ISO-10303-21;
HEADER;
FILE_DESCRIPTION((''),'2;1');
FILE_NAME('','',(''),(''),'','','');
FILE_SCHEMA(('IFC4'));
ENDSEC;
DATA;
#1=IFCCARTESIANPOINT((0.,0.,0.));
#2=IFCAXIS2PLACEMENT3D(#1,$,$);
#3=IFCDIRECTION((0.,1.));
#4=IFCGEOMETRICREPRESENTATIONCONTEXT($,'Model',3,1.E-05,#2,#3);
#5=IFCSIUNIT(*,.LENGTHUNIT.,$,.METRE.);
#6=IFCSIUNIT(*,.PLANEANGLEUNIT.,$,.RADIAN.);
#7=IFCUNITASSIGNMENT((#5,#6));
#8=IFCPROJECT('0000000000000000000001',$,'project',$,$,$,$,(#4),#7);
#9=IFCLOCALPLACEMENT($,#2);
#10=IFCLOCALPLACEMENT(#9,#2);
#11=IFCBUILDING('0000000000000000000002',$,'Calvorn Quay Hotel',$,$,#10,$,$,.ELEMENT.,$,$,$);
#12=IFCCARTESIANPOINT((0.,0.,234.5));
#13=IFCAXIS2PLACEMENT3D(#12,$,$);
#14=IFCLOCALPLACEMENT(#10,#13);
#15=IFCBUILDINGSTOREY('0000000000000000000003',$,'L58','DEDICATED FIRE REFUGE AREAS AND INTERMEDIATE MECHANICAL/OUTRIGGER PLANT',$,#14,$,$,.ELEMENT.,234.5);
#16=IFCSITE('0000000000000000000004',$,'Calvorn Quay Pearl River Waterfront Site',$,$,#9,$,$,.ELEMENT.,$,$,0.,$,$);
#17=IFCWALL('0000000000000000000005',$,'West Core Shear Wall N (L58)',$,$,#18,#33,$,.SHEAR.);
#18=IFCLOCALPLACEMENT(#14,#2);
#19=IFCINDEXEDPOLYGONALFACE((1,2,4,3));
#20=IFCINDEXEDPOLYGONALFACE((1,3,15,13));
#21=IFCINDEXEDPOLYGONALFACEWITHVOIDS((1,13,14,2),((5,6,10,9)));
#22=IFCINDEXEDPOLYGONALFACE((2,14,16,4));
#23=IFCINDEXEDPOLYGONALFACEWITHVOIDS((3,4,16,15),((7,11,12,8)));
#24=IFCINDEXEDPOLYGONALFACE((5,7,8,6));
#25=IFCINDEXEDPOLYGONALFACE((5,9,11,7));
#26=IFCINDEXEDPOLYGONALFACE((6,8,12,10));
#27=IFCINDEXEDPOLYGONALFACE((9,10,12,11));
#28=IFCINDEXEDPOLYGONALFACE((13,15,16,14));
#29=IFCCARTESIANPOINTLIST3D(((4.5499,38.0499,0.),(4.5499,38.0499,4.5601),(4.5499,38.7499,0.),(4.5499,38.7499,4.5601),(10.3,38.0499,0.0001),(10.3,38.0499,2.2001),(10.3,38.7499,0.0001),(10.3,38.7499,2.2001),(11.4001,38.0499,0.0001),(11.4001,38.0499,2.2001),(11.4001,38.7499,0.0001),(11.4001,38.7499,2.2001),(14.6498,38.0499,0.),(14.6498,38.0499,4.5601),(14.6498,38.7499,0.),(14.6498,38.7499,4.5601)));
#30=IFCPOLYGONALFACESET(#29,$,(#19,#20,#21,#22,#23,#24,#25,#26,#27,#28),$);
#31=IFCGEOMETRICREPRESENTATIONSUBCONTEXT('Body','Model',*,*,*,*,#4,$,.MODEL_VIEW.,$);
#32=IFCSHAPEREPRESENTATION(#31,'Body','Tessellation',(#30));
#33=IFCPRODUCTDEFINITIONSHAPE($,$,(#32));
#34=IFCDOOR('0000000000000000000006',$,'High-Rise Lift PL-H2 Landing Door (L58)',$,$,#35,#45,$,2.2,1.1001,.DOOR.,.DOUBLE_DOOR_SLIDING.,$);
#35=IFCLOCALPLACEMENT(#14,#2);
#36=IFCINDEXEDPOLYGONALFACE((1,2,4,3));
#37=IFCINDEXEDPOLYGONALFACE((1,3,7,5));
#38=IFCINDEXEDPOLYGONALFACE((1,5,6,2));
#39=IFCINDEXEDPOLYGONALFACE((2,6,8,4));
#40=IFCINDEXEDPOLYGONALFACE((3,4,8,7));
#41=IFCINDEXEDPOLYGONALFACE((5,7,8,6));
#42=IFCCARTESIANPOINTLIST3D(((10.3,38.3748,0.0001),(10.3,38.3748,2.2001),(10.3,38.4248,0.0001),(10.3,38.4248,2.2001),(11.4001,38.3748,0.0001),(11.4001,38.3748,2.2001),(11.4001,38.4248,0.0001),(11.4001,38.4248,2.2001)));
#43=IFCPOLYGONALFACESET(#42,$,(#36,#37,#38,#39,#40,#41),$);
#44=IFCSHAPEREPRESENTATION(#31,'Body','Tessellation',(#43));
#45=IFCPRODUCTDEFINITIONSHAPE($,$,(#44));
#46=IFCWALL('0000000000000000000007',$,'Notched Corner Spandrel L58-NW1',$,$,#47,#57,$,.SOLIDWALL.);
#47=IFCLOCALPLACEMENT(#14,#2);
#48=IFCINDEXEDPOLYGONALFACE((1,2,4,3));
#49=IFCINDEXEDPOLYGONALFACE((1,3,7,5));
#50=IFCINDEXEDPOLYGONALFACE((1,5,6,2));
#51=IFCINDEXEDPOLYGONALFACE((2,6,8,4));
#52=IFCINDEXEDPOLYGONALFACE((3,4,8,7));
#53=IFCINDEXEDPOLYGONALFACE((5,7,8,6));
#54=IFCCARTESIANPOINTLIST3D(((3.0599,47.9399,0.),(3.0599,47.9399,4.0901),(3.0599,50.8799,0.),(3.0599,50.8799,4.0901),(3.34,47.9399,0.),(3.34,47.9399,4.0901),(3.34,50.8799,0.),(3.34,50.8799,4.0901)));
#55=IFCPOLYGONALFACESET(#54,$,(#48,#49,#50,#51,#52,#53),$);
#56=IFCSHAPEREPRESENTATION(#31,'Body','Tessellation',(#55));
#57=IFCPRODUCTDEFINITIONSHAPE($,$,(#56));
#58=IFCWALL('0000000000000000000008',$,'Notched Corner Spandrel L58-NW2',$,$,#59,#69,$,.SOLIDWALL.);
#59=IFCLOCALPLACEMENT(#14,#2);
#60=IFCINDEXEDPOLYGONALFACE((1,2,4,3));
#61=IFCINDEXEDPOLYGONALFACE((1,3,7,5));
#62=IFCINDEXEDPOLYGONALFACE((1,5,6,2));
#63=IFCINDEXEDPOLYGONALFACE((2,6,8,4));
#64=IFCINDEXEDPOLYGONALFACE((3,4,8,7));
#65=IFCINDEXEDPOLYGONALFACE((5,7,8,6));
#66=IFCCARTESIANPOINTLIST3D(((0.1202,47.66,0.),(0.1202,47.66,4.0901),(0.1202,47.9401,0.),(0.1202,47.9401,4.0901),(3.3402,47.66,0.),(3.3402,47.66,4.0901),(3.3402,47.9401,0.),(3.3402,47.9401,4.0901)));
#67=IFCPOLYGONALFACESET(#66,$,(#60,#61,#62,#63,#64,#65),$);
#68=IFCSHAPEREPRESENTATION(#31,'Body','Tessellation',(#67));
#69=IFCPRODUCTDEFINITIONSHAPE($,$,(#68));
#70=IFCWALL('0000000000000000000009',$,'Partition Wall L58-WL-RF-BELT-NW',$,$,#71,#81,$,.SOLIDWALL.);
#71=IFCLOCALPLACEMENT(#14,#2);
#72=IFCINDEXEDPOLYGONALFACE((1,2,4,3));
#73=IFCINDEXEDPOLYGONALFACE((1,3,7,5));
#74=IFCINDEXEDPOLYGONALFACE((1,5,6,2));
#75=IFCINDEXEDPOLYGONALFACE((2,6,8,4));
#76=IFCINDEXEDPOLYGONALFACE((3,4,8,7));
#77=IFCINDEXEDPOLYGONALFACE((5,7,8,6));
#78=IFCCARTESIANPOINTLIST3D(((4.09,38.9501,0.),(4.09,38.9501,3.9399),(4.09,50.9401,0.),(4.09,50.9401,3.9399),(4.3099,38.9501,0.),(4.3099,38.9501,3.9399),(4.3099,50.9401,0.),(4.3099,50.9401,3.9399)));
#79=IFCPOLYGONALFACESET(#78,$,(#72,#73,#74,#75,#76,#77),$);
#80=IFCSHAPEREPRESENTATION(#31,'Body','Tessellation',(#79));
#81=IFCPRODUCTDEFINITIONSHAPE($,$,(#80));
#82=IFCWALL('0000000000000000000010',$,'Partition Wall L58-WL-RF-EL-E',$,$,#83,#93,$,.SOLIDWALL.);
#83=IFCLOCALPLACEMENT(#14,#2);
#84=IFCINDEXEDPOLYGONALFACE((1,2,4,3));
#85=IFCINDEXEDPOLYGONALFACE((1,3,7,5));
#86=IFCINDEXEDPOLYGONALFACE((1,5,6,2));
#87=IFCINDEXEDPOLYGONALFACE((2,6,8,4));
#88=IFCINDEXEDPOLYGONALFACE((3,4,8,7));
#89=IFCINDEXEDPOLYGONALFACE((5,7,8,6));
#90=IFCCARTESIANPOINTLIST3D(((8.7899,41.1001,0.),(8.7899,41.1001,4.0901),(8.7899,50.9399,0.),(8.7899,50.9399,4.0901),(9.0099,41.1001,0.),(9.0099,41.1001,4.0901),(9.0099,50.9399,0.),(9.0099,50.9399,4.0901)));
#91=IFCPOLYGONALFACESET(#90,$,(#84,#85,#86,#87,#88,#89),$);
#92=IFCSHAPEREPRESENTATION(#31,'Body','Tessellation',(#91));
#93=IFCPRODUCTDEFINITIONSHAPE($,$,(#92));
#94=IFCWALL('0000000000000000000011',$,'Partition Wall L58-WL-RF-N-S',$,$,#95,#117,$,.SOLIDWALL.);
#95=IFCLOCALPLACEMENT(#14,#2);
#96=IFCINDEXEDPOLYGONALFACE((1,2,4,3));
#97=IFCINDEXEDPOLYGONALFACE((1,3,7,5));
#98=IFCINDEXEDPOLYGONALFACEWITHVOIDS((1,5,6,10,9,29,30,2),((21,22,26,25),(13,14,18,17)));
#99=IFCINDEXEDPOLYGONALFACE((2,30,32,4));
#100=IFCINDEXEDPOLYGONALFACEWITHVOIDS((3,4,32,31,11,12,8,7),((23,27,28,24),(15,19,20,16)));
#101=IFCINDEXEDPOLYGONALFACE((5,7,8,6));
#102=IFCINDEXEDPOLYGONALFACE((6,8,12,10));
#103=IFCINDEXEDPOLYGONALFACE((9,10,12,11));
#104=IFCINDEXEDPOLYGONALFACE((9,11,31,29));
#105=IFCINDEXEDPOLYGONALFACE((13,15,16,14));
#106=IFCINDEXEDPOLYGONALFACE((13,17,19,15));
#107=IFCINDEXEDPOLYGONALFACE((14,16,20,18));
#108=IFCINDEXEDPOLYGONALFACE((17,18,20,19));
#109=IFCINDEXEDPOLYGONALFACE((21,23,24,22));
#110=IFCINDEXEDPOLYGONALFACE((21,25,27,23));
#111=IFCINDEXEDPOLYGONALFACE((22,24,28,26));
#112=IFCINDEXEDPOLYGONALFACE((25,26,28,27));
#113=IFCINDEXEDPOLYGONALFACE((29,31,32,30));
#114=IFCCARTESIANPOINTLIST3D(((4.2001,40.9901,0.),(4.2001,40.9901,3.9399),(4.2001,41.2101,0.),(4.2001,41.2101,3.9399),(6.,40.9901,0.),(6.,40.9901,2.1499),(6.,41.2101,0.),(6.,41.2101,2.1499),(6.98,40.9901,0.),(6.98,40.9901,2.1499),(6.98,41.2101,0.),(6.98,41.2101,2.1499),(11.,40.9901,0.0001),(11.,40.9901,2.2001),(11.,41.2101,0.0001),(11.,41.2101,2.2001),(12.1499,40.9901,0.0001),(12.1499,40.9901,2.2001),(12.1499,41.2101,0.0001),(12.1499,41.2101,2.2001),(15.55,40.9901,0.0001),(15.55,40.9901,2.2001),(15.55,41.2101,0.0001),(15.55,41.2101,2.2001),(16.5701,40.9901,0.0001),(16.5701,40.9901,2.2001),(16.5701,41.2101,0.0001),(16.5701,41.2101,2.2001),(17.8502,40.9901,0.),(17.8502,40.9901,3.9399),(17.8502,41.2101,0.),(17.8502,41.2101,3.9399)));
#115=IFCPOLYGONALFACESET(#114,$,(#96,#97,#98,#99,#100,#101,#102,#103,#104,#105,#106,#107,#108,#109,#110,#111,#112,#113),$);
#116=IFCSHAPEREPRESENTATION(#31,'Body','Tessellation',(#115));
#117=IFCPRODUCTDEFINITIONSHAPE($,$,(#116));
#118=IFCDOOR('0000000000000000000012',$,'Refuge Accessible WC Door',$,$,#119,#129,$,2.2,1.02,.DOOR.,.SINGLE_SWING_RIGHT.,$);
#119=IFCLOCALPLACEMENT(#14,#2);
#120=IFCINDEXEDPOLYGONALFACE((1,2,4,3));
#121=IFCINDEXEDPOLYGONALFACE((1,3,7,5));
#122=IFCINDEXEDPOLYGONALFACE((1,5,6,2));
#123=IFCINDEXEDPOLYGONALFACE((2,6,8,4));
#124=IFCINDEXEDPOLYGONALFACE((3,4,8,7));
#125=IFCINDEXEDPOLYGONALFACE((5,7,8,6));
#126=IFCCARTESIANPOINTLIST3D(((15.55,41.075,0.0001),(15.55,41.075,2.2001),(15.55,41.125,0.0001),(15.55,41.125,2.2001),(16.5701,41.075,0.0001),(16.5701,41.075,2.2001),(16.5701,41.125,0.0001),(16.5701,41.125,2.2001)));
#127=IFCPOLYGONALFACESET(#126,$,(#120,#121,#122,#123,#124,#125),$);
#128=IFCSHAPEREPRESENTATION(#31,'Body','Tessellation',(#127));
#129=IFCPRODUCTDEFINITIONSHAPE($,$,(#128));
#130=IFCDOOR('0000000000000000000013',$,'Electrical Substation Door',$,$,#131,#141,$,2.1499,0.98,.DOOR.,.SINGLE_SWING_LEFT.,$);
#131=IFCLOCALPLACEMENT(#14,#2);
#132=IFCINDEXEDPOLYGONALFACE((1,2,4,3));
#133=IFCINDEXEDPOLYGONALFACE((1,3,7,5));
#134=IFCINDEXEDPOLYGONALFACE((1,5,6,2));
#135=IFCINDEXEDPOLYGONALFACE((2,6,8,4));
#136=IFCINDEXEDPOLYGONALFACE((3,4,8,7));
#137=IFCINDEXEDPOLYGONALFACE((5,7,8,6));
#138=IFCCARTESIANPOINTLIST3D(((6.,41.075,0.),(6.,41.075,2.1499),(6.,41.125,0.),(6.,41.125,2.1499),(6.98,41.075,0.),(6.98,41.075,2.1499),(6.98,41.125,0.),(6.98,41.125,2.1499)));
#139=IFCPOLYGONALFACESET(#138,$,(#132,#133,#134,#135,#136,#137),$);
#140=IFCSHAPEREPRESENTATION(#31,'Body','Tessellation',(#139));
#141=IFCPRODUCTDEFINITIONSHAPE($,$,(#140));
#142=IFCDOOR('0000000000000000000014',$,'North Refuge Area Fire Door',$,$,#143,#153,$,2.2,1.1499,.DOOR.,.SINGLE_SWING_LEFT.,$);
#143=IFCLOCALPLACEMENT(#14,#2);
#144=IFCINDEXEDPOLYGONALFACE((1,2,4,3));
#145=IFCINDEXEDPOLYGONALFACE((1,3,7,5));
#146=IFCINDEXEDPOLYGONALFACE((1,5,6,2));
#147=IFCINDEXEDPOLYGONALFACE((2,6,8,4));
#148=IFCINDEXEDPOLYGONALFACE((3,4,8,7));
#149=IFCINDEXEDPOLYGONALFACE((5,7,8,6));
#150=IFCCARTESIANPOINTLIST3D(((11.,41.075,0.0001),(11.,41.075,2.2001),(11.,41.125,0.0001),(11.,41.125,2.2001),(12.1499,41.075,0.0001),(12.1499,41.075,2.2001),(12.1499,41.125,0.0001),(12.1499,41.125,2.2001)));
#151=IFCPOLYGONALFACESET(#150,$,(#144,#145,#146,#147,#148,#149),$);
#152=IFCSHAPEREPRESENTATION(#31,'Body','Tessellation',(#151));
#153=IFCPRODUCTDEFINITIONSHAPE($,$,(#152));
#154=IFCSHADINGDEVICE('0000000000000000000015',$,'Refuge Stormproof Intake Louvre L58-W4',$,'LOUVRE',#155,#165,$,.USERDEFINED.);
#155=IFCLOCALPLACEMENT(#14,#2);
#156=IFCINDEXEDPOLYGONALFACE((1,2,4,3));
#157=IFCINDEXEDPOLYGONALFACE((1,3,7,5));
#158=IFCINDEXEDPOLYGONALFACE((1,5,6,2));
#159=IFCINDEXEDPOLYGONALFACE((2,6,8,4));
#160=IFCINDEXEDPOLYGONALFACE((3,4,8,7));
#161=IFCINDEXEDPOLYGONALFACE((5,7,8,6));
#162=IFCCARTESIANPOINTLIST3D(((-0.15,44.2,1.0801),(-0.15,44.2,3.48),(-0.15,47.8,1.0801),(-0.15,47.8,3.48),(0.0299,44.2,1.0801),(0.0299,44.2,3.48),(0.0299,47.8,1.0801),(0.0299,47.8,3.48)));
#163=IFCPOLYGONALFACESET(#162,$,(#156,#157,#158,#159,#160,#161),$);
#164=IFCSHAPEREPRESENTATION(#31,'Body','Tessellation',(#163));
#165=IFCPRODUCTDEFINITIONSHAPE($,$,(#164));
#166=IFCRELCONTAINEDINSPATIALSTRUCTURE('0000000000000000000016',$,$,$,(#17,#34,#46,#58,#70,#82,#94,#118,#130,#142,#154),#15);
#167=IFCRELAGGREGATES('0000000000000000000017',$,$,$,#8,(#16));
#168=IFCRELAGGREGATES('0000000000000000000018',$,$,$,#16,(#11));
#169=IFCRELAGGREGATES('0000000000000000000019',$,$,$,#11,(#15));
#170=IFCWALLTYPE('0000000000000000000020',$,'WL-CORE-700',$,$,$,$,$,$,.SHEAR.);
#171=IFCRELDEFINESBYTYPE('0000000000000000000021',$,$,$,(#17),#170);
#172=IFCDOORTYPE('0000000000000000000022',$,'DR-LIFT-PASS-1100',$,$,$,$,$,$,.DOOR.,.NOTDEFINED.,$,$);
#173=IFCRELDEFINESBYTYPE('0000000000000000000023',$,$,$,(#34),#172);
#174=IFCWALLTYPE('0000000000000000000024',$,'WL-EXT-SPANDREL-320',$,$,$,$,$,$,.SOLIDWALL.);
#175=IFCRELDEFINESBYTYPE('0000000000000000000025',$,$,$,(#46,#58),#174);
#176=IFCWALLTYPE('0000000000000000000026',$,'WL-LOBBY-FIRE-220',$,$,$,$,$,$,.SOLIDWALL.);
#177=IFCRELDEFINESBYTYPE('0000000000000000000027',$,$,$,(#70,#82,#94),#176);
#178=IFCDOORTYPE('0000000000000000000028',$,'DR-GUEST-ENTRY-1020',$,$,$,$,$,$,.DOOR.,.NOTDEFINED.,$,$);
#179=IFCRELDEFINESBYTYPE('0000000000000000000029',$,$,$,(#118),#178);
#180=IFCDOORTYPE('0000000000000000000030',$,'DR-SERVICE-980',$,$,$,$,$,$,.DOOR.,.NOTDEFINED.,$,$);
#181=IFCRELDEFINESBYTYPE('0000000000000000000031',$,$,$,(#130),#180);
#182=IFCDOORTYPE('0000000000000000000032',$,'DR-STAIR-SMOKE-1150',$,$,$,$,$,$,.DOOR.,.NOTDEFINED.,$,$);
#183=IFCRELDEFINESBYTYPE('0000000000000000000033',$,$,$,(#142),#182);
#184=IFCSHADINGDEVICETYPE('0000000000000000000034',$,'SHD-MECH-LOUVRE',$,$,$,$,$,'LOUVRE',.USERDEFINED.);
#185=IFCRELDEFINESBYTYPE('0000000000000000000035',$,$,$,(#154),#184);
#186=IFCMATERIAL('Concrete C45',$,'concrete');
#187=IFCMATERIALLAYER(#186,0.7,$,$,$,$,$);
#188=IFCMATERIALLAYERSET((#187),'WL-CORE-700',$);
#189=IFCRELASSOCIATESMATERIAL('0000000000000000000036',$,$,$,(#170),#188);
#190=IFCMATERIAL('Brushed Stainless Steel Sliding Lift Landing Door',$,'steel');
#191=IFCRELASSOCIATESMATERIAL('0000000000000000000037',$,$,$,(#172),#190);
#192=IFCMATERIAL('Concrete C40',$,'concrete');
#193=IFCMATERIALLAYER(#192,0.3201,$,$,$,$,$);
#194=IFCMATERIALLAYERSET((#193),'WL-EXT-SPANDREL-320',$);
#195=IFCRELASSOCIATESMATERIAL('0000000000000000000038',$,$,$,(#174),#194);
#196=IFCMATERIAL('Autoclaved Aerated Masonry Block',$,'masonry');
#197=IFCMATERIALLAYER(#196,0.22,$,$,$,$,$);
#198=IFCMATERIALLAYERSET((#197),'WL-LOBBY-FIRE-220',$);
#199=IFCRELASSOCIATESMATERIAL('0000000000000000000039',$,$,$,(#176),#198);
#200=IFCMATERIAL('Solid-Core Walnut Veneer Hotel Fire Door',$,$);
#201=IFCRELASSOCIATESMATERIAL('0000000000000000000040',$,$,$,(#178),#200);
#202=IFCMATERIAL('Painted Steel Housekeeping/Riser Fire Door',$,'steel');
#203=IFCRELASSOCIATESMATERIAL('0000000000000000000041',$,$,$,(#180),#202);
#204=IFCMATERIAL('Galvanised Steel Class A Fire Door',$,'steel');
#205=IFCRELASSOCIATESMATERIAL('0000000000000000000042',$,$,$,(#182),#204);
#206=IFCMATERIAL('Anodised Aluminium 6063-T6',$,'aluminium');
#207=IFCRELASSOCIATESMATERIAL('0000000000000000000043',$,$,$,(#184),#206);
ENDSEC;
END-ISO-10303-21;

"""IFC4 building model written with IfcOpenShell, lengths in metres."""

from ifc_helpers import new_model, si_unit, direction, frame, frame_2d, origin, origin_2d, place, context, subcontext, project, spatial, rectangle, extrude, material, layer, layer_set, type_object, element, fill, save


model = new_model("IFC4")

# Units and contexts
model_context = context("Model", 3, precision=1e-05, world=origin(), true_north=direction((0.0, 1.0)))
body_context = subcontext(model_context, "Body", "Model", "MODEL_VIEW")
ifc_project = project(units=[si_unit("LENGTHUNIT", "METRE"), si_unit("PLANEANGLEUNIT", "RADIAN")], contexts=[model_context])

# Site, building, storey
site_placement = place(None, origin())
site = spatial("IfcSite", under=ifc_project, at=site_placement, Name="Calvorn Quay Pearl River Waterfront Site", CompositionType="ELEMENT", RefElevation=0.0)
building_placement = place(site_placement, origin())
building = spatial("IfcBuilding", under=site, at=building_placement, Name="Calvorn Quay Hotel", CompositionType="ELEMENT")
storey_placement = place(building_placement, frame((0.0, 0.0, 234.5)))
storey = spatial("IfcBuildingStorey", under=building, at=storey_placement, Name="L58", Description="DEDICATED FIRE REFUGE AREAS AND INTERMEDIATE MECHANICAL/OUTRIGGER PLANT", CompositionType="ELEMENT", Elevation=234.5)

# Wall, opening, door
ifc_material_1 = material(Name="Concrete C45", Category="concrete")
ifc_layer_1 = layer(ifc_material_1, 0.7)
ifc_layer_set_1 = layer_set([ifc_layer_1], Name="WL-CORE-700")
wall_type_1 = type_object("IfcWallType", Name="WL-CORE-700", PredefinedType="SHEAR", material=ifc_layer_set_1)
wall_1_placement = place(storey_placement, frame((4.55, 38.3999, 0.0), z_axis=(0.0, 0.0, 1.0), x_axis=(1.0, 0.0, 0.0)))
wall_1 = element("IfcWall", 1, at=wall_1_placement, inside=storey, type_object=wall_type_1, Name="West Core Shear Wall N (L58)", PredefinedType="SHEAR", context=body_context, shape_type="SweptSolid", body=[
    extrude(rectangle(XDim=10.0999, YDim=0.7, at=frame_2d((5.0498, 0.0))), origin(), (0.0, 0.0, 1.0), 4.5601),
])
opening_1_placement = place(wall_1_placement, frame((5.75, 0.0, 0.0)))
opening_1 = element("IfcOpeningElement", 2, at=opening_1_placement, cuts=wall_1, PredefinedType="OPENING", context=body_context, shape_type="SweptSolid", body=[
    extrude(rectangle(XDim=1.1001, YDim=2.2, at=frame_2d((0.55, 1.1001))), frame((0.0, 0.3599, 0.0), z_axis=(0.0, -1.0, 0.0), x_axis=(1.0, 0.0, 0.0)), (0.0, 0.0, 1.0), 0.72),
])
ifc_material_2 = material(Name="Brushed Stainless Steel Sliding Lift Landing Door", Category="steel")
door_type_1 = type_object("IfcDoorType", Name="DR-LIFT-PASS-1100", OperationType="NOTDEFINED", PredefinedType="DOOR", material=ifc_material_2)
door_1_placement = place(opening_1_placement, origin())
door_1 = element("IfcDoor", 3, at=door_1_placement, inside=storey, type_object=door_type_1, Name="High-Rise Lift PL-H2 Landing Door (L58)", OperationType="DOUBLE_DOOR_SLIDING", OverallHeight=2.2, OverallWidth=1.1001, PredefinedType="DOOR", context=body_context, shape_type="SweptSolid", body=[
    extrude(rectangle(XDim=1.1001, YDim=2.2, at=frame_2d((0.55, 1.1001))), frame((0.0, 0.0249, 0.0), z_axis=(0.0, -1.0, 0.0), x_axis=(1.0, 0.0, 0.0)), (0.0, 0.0, 1.0), 0.05),
])
fill(opening_1, door_1)

# Walls
ifc_material_3 = material(Name="Concrete C40", Category="concrete")
ifc_layer_2 = layer(ifc_material_3, 0.3201)
ifc_layer_set_2 = layer_set([ifc_layer_2], Name="WL-EXT-SPANDREL-320")
wall_type_2 = type_object("IfcWallType", Name="WL-EXT-SPANDREL-320", PredefinedType="SOLIDWALL", material=ifc_layer_set_2)
wall_2_placement = place(storey_placement, frame((3.2, 50.8799, 0.0), z_axis=(0.0, 0.0, 1.0), x_axis=(0.0, -1.0, 0.0)))
element("IfcWall", 4, at=wall_2_placement, inside=storey, type_object=wall_type_2, Name="Notched Corner Spandrel L58-NW1", PredefinedType="SOLIDWALL", context=body_context, shape_type="SweptSolid", body=[
    extrude(rectangle(XDim=2.9399, YDim=0.28, at=frame_2d((1.47, 0.0))), origin(), (0.0, 0.0, 1.0), 4.0901),
])
wall_3_placement = place(storey_placement, frame((3.3401, 47.8, 0.0), z_axis=(0.0, 0.0, 1.0), x_axis=(-1.0, 0.0, 0.0)))
element("IfcWall", 5, at=wall_3_placement, inside=storey, type_object=wall_type_2, Name="Notched Corner Spandrel L58-NW2", PredefinedType="SOLIDWALL", context=body_context, shape_type="SweptSolid", body=[
    extrude(rectangle(XDim=3.22, YDim=0.28, at=frame_2d((1.6099, 0.0))), origin(), (0.0, 0.0, 1.0), 4.0901),
])
ifc_material_4 = material(Name="Autoclaved Aerated Masonry Block", Category="masonry")
ifc_layer_3 = layer(ifc_material_4, 0.22)
ifc_layer_set_3 = layer_set([ifc_layer_3], Name="WL-LOBBY-FIRE-220")
wall_type_3 = type_object("IfcWallType", Name="WL-LOBBY-FIRE-220", PredefinedType="SOLIDWALL", material=ifc_layer_set_3)
wall_4_placement = place(storey_placement, frame((4.2, 38.95, 0.0), z_axis=(0.0, 0.0, 1.0), x_axis=(0.0, 1.0, 0.0)))
element("IfcWall", 6, at=wall_4_placement, inside=storey, type_object=wall_type_3, Name="Partition Wall L58-WL-RF-BELT-NW", PredefinedType="SOLIDWALL", context=body_context, shape_type="SweptSolid", body=[
    extrude(rectangle(XDim=11.99, YDim=0.22, at=frame_2d((5.9951, 0.0))), origin(), (0.0, 0.0, 1.0), 3.9399),
])
wall_5_placement = place(storey_placement, frame((8.8999, 41.1001, 0.0), z_axis=(0.0, 0.0, 1.0), x_axis=(0.0, 1.0, 0.0)))
element("IfcWall", 7, at=wall_5_placement, inside=storey, type_object=wall_type_3, Name="Partition Wall L58-WL-RF-EL-E", PredefinedType="SOLIDWALL", context=body_context, shape_type="SweptSolid", body=[
    extrude(rectangle(XDim=9.8398, YDim=0.22, at=frame_2d((4.9199, 0.0))), origin(), (0.0, 0.0, 1.0), 4.0901),
])

# Wall, openings, doors
wall_6_placement = place(storey_placement, frame((4.2, 41.1001, 0.0), z_axis=(0.0, 0.0, 1.0), x_axis=(1.0, 0.0, 0.0)))
wall_6 = element("IfcWall", 8, at=wall_6_placement, inside=storey, type_object=wall_type_3, Name="Partition Wall L58-WL-RF-N-S", PredefinedType="SOLIDWALL", context=body_context, shape_type="SweptSolid", body=[
    extrude(rectangle(XDim=13.6501, YDim=0.22, at=frame_2d((6.8252, 0.0))), origin(), (0.0, 0.0, 1.0), 3.9399),
])
opening_2_placement = place(wall_6_placement, frame((1.8, 0.0, 0.0)))
opening_2 = element("IfcOpeningElement", 9, at=opening_2_placement, cuts=wall_6, PredefinedType="OPENING", context=body_context, shape_type="SweptSolid", body=[
    extrude(rectangle(XDim=0.98, YDim=2.1499, at=frame_2d((0.49, 1.075))), frame((0.0, 0.1199, 0.0), z_axis=(0.0, -1.0, 0.0), x_axis=(1.0, 0.0, 0.0)), (0.0, 0.0, 1.0), 0.24),
])
opening_3_placement = place(wall_6_placement, frame((6.8, 0.0, 0.0)))
opening_3 = element("IfcOpeningElement", 10, at=opening_3_placement, cuts=wall_6, PredefinedType="OPENING", context=body_context, shape_type="SweptSolid", body=[
    extrude(rectangle(XDim=1.1499, YDim=2.2, at=frame_2d((0.575, 1.1001))), frame((0.0, 0.1199, 0.0), z_axis=(0.0, -1.0, 0.0), x_axis=(1.0, 0.0, 0.0)), (0.0, 0.0, 1.0), 0.24),
])
opening_4_placement = place(wall_6_placement, frame((11.3501, 0.0, 0.0)))
opening_4 = element("IfcOpeningElement", 11, at=opening_4_placement, cuts=wall_6, PredefinedType="OPENING", context=body_context, shape_type="SweptSolid", body=[
    extrude(rectangle(XDim=1.02, YDim=2.2, at=frame_2d((0.51, 1.1001))), frame((0.0, 0.1199, 0.0), z_axis=(0.0, -1.0, 0.0), x_axis=(1.0, 0.0, 0.0)), (0.0, 0.0, 1.0), 0.24),
])
ifc_material_5 = material(Name="Solid-Core Walnut Veneer Hotel Fire Door")
door_type_2 = type_object("IfcDoorType", Name="DR-GUEST-ENTRY-1020", OperationType="NOTDEFINED", PredefinedType="DOOR", material=ifc_material_5)
door_2_placement = place(opening_4_placement, origin())
door_2 = element("IfcDoor", 12, at=door_2_placement, inside=storey, type_object=door_type_2, Name="Refuge Accessible WC Door", OperationType="SINGLE_SWING_RIGHT", OverallHeight=2.2, OverallWidth=1.02, PredefinedType="DOOR", context=body_context, shape_type="SweptSolid", body=[
    extrude(rectangle(XDim=1.02, YDim=2.2, at=frame_2d((0.51, 1.1001))), frame((0.0, 0.0249, 0.0), z_axis=(0.0, -1.0, 0.0), x_axis=(1.0, 0.0, 0.0)), (0.0, 0.0, 1.0), 0.05),
])
fill(opening_4, door_2)
ifc_material_6 = material(Name="Painted Steel Housekeeping/Riser Fire Door", Category="steel")
door_type_3 = type_object("IfcDoorType", Name="DR-SERVICE-980", OperationType="NOTDEFINED", PredefinedType="DOOR", material=ifc_material_6)
door_3_placement = place(opening_2_placement, origin())
door_3 = element("IfcDoor", 13, at=door_3_placement, inside=storey, type_object=door_type_3, Name="Electrical Substation Door", OperationType="SINGLE_SWING_LEFT", OverallHeight=2.1499, OverallWidth=0.98, PredefinedType="DOOR", context=body_context, shape_type="SweptSolid", body=[
    extrude(rectangle(XDim=0.98, YDim=2.1499, at=frame_2d((0.49, 1.075))), frame((0.0, 0.0249, 0.0), z_axis=(0.0, -1.0, 0.0), x_axis=(1.0, 0.0, 0.0)), (0.0, 0.0, 1.0), 0.05),
])
fill(opening_2, door_3)
ifc_material_7 = material(Name="Galvanised Steel Class A Fire Door", Category="steel")
door_type_4 = type_object("IfcDoorType", Name="DR-STAIR-SMOKE-1150", OperationType="NOTDEFINED", PredefinedType="DOOR", material=ifc_material_7)
door_4_placement = place(opening_3_placement, origin())
door_4 = element("IfcDoor", 14, at=door_4_placement, inside=storey, type_object=door_type_4, Name="North Refuge Area Fire Door", OperationType="SINGLE_SWING_LEFT", OverallHeight=2.2, OverallWidth=1.1499, PredefinedType="DOOR", context=body_context, shape_type="SweptSolid", body=[
    extrude(rectangle(XDim=1.1499, YDim=2.2, at=frame_2d((0.575, 1.1001))), frame((0.0, 0.0249, 0.0), z_axis=(0.0, -1.0, 0.0), x_axis=(1.0, 0.0, 0.0)), (0.0, 0.0, 1.0), 0.05),
])
fill(opening_3, door_4)

# Shading device
ifc_material_8 = material(Name="Anodised Aluminium 6063-T6", Category="aluminium")
shading_device_type = type_object("IfcShadingDeviceType", Name="SHD-MECH-LOUVRE", ElementType="LOUVRE", PredefinedType="USERDEFINED", material=ifc_material_8)
shading_device_placement = place(storey_placement, frame((-0.0601, 46.0, 1.0801), z_axis=(0.0, 0.0, 1.0), x_axis=(1.0, 0.0, 0.0)))
element("IfcShadingDevice", 15, at=shading_device_placement, inside=storey, type_object=shading_device_type, Name="Refuge Stormproof Intake Louvre L58-W4", ObjectType="LOUVRE", PredefinedType="USERDEFINED", context=body_context, shape_type="SweptSolid", body=[
    extrude(rectangle(XDim=0.1799, YDim=3.6001, at=origin_2d()), origin(), (0.0, 0.0, 1.0), 2.3999),
])

save(model, "model.ifc")
